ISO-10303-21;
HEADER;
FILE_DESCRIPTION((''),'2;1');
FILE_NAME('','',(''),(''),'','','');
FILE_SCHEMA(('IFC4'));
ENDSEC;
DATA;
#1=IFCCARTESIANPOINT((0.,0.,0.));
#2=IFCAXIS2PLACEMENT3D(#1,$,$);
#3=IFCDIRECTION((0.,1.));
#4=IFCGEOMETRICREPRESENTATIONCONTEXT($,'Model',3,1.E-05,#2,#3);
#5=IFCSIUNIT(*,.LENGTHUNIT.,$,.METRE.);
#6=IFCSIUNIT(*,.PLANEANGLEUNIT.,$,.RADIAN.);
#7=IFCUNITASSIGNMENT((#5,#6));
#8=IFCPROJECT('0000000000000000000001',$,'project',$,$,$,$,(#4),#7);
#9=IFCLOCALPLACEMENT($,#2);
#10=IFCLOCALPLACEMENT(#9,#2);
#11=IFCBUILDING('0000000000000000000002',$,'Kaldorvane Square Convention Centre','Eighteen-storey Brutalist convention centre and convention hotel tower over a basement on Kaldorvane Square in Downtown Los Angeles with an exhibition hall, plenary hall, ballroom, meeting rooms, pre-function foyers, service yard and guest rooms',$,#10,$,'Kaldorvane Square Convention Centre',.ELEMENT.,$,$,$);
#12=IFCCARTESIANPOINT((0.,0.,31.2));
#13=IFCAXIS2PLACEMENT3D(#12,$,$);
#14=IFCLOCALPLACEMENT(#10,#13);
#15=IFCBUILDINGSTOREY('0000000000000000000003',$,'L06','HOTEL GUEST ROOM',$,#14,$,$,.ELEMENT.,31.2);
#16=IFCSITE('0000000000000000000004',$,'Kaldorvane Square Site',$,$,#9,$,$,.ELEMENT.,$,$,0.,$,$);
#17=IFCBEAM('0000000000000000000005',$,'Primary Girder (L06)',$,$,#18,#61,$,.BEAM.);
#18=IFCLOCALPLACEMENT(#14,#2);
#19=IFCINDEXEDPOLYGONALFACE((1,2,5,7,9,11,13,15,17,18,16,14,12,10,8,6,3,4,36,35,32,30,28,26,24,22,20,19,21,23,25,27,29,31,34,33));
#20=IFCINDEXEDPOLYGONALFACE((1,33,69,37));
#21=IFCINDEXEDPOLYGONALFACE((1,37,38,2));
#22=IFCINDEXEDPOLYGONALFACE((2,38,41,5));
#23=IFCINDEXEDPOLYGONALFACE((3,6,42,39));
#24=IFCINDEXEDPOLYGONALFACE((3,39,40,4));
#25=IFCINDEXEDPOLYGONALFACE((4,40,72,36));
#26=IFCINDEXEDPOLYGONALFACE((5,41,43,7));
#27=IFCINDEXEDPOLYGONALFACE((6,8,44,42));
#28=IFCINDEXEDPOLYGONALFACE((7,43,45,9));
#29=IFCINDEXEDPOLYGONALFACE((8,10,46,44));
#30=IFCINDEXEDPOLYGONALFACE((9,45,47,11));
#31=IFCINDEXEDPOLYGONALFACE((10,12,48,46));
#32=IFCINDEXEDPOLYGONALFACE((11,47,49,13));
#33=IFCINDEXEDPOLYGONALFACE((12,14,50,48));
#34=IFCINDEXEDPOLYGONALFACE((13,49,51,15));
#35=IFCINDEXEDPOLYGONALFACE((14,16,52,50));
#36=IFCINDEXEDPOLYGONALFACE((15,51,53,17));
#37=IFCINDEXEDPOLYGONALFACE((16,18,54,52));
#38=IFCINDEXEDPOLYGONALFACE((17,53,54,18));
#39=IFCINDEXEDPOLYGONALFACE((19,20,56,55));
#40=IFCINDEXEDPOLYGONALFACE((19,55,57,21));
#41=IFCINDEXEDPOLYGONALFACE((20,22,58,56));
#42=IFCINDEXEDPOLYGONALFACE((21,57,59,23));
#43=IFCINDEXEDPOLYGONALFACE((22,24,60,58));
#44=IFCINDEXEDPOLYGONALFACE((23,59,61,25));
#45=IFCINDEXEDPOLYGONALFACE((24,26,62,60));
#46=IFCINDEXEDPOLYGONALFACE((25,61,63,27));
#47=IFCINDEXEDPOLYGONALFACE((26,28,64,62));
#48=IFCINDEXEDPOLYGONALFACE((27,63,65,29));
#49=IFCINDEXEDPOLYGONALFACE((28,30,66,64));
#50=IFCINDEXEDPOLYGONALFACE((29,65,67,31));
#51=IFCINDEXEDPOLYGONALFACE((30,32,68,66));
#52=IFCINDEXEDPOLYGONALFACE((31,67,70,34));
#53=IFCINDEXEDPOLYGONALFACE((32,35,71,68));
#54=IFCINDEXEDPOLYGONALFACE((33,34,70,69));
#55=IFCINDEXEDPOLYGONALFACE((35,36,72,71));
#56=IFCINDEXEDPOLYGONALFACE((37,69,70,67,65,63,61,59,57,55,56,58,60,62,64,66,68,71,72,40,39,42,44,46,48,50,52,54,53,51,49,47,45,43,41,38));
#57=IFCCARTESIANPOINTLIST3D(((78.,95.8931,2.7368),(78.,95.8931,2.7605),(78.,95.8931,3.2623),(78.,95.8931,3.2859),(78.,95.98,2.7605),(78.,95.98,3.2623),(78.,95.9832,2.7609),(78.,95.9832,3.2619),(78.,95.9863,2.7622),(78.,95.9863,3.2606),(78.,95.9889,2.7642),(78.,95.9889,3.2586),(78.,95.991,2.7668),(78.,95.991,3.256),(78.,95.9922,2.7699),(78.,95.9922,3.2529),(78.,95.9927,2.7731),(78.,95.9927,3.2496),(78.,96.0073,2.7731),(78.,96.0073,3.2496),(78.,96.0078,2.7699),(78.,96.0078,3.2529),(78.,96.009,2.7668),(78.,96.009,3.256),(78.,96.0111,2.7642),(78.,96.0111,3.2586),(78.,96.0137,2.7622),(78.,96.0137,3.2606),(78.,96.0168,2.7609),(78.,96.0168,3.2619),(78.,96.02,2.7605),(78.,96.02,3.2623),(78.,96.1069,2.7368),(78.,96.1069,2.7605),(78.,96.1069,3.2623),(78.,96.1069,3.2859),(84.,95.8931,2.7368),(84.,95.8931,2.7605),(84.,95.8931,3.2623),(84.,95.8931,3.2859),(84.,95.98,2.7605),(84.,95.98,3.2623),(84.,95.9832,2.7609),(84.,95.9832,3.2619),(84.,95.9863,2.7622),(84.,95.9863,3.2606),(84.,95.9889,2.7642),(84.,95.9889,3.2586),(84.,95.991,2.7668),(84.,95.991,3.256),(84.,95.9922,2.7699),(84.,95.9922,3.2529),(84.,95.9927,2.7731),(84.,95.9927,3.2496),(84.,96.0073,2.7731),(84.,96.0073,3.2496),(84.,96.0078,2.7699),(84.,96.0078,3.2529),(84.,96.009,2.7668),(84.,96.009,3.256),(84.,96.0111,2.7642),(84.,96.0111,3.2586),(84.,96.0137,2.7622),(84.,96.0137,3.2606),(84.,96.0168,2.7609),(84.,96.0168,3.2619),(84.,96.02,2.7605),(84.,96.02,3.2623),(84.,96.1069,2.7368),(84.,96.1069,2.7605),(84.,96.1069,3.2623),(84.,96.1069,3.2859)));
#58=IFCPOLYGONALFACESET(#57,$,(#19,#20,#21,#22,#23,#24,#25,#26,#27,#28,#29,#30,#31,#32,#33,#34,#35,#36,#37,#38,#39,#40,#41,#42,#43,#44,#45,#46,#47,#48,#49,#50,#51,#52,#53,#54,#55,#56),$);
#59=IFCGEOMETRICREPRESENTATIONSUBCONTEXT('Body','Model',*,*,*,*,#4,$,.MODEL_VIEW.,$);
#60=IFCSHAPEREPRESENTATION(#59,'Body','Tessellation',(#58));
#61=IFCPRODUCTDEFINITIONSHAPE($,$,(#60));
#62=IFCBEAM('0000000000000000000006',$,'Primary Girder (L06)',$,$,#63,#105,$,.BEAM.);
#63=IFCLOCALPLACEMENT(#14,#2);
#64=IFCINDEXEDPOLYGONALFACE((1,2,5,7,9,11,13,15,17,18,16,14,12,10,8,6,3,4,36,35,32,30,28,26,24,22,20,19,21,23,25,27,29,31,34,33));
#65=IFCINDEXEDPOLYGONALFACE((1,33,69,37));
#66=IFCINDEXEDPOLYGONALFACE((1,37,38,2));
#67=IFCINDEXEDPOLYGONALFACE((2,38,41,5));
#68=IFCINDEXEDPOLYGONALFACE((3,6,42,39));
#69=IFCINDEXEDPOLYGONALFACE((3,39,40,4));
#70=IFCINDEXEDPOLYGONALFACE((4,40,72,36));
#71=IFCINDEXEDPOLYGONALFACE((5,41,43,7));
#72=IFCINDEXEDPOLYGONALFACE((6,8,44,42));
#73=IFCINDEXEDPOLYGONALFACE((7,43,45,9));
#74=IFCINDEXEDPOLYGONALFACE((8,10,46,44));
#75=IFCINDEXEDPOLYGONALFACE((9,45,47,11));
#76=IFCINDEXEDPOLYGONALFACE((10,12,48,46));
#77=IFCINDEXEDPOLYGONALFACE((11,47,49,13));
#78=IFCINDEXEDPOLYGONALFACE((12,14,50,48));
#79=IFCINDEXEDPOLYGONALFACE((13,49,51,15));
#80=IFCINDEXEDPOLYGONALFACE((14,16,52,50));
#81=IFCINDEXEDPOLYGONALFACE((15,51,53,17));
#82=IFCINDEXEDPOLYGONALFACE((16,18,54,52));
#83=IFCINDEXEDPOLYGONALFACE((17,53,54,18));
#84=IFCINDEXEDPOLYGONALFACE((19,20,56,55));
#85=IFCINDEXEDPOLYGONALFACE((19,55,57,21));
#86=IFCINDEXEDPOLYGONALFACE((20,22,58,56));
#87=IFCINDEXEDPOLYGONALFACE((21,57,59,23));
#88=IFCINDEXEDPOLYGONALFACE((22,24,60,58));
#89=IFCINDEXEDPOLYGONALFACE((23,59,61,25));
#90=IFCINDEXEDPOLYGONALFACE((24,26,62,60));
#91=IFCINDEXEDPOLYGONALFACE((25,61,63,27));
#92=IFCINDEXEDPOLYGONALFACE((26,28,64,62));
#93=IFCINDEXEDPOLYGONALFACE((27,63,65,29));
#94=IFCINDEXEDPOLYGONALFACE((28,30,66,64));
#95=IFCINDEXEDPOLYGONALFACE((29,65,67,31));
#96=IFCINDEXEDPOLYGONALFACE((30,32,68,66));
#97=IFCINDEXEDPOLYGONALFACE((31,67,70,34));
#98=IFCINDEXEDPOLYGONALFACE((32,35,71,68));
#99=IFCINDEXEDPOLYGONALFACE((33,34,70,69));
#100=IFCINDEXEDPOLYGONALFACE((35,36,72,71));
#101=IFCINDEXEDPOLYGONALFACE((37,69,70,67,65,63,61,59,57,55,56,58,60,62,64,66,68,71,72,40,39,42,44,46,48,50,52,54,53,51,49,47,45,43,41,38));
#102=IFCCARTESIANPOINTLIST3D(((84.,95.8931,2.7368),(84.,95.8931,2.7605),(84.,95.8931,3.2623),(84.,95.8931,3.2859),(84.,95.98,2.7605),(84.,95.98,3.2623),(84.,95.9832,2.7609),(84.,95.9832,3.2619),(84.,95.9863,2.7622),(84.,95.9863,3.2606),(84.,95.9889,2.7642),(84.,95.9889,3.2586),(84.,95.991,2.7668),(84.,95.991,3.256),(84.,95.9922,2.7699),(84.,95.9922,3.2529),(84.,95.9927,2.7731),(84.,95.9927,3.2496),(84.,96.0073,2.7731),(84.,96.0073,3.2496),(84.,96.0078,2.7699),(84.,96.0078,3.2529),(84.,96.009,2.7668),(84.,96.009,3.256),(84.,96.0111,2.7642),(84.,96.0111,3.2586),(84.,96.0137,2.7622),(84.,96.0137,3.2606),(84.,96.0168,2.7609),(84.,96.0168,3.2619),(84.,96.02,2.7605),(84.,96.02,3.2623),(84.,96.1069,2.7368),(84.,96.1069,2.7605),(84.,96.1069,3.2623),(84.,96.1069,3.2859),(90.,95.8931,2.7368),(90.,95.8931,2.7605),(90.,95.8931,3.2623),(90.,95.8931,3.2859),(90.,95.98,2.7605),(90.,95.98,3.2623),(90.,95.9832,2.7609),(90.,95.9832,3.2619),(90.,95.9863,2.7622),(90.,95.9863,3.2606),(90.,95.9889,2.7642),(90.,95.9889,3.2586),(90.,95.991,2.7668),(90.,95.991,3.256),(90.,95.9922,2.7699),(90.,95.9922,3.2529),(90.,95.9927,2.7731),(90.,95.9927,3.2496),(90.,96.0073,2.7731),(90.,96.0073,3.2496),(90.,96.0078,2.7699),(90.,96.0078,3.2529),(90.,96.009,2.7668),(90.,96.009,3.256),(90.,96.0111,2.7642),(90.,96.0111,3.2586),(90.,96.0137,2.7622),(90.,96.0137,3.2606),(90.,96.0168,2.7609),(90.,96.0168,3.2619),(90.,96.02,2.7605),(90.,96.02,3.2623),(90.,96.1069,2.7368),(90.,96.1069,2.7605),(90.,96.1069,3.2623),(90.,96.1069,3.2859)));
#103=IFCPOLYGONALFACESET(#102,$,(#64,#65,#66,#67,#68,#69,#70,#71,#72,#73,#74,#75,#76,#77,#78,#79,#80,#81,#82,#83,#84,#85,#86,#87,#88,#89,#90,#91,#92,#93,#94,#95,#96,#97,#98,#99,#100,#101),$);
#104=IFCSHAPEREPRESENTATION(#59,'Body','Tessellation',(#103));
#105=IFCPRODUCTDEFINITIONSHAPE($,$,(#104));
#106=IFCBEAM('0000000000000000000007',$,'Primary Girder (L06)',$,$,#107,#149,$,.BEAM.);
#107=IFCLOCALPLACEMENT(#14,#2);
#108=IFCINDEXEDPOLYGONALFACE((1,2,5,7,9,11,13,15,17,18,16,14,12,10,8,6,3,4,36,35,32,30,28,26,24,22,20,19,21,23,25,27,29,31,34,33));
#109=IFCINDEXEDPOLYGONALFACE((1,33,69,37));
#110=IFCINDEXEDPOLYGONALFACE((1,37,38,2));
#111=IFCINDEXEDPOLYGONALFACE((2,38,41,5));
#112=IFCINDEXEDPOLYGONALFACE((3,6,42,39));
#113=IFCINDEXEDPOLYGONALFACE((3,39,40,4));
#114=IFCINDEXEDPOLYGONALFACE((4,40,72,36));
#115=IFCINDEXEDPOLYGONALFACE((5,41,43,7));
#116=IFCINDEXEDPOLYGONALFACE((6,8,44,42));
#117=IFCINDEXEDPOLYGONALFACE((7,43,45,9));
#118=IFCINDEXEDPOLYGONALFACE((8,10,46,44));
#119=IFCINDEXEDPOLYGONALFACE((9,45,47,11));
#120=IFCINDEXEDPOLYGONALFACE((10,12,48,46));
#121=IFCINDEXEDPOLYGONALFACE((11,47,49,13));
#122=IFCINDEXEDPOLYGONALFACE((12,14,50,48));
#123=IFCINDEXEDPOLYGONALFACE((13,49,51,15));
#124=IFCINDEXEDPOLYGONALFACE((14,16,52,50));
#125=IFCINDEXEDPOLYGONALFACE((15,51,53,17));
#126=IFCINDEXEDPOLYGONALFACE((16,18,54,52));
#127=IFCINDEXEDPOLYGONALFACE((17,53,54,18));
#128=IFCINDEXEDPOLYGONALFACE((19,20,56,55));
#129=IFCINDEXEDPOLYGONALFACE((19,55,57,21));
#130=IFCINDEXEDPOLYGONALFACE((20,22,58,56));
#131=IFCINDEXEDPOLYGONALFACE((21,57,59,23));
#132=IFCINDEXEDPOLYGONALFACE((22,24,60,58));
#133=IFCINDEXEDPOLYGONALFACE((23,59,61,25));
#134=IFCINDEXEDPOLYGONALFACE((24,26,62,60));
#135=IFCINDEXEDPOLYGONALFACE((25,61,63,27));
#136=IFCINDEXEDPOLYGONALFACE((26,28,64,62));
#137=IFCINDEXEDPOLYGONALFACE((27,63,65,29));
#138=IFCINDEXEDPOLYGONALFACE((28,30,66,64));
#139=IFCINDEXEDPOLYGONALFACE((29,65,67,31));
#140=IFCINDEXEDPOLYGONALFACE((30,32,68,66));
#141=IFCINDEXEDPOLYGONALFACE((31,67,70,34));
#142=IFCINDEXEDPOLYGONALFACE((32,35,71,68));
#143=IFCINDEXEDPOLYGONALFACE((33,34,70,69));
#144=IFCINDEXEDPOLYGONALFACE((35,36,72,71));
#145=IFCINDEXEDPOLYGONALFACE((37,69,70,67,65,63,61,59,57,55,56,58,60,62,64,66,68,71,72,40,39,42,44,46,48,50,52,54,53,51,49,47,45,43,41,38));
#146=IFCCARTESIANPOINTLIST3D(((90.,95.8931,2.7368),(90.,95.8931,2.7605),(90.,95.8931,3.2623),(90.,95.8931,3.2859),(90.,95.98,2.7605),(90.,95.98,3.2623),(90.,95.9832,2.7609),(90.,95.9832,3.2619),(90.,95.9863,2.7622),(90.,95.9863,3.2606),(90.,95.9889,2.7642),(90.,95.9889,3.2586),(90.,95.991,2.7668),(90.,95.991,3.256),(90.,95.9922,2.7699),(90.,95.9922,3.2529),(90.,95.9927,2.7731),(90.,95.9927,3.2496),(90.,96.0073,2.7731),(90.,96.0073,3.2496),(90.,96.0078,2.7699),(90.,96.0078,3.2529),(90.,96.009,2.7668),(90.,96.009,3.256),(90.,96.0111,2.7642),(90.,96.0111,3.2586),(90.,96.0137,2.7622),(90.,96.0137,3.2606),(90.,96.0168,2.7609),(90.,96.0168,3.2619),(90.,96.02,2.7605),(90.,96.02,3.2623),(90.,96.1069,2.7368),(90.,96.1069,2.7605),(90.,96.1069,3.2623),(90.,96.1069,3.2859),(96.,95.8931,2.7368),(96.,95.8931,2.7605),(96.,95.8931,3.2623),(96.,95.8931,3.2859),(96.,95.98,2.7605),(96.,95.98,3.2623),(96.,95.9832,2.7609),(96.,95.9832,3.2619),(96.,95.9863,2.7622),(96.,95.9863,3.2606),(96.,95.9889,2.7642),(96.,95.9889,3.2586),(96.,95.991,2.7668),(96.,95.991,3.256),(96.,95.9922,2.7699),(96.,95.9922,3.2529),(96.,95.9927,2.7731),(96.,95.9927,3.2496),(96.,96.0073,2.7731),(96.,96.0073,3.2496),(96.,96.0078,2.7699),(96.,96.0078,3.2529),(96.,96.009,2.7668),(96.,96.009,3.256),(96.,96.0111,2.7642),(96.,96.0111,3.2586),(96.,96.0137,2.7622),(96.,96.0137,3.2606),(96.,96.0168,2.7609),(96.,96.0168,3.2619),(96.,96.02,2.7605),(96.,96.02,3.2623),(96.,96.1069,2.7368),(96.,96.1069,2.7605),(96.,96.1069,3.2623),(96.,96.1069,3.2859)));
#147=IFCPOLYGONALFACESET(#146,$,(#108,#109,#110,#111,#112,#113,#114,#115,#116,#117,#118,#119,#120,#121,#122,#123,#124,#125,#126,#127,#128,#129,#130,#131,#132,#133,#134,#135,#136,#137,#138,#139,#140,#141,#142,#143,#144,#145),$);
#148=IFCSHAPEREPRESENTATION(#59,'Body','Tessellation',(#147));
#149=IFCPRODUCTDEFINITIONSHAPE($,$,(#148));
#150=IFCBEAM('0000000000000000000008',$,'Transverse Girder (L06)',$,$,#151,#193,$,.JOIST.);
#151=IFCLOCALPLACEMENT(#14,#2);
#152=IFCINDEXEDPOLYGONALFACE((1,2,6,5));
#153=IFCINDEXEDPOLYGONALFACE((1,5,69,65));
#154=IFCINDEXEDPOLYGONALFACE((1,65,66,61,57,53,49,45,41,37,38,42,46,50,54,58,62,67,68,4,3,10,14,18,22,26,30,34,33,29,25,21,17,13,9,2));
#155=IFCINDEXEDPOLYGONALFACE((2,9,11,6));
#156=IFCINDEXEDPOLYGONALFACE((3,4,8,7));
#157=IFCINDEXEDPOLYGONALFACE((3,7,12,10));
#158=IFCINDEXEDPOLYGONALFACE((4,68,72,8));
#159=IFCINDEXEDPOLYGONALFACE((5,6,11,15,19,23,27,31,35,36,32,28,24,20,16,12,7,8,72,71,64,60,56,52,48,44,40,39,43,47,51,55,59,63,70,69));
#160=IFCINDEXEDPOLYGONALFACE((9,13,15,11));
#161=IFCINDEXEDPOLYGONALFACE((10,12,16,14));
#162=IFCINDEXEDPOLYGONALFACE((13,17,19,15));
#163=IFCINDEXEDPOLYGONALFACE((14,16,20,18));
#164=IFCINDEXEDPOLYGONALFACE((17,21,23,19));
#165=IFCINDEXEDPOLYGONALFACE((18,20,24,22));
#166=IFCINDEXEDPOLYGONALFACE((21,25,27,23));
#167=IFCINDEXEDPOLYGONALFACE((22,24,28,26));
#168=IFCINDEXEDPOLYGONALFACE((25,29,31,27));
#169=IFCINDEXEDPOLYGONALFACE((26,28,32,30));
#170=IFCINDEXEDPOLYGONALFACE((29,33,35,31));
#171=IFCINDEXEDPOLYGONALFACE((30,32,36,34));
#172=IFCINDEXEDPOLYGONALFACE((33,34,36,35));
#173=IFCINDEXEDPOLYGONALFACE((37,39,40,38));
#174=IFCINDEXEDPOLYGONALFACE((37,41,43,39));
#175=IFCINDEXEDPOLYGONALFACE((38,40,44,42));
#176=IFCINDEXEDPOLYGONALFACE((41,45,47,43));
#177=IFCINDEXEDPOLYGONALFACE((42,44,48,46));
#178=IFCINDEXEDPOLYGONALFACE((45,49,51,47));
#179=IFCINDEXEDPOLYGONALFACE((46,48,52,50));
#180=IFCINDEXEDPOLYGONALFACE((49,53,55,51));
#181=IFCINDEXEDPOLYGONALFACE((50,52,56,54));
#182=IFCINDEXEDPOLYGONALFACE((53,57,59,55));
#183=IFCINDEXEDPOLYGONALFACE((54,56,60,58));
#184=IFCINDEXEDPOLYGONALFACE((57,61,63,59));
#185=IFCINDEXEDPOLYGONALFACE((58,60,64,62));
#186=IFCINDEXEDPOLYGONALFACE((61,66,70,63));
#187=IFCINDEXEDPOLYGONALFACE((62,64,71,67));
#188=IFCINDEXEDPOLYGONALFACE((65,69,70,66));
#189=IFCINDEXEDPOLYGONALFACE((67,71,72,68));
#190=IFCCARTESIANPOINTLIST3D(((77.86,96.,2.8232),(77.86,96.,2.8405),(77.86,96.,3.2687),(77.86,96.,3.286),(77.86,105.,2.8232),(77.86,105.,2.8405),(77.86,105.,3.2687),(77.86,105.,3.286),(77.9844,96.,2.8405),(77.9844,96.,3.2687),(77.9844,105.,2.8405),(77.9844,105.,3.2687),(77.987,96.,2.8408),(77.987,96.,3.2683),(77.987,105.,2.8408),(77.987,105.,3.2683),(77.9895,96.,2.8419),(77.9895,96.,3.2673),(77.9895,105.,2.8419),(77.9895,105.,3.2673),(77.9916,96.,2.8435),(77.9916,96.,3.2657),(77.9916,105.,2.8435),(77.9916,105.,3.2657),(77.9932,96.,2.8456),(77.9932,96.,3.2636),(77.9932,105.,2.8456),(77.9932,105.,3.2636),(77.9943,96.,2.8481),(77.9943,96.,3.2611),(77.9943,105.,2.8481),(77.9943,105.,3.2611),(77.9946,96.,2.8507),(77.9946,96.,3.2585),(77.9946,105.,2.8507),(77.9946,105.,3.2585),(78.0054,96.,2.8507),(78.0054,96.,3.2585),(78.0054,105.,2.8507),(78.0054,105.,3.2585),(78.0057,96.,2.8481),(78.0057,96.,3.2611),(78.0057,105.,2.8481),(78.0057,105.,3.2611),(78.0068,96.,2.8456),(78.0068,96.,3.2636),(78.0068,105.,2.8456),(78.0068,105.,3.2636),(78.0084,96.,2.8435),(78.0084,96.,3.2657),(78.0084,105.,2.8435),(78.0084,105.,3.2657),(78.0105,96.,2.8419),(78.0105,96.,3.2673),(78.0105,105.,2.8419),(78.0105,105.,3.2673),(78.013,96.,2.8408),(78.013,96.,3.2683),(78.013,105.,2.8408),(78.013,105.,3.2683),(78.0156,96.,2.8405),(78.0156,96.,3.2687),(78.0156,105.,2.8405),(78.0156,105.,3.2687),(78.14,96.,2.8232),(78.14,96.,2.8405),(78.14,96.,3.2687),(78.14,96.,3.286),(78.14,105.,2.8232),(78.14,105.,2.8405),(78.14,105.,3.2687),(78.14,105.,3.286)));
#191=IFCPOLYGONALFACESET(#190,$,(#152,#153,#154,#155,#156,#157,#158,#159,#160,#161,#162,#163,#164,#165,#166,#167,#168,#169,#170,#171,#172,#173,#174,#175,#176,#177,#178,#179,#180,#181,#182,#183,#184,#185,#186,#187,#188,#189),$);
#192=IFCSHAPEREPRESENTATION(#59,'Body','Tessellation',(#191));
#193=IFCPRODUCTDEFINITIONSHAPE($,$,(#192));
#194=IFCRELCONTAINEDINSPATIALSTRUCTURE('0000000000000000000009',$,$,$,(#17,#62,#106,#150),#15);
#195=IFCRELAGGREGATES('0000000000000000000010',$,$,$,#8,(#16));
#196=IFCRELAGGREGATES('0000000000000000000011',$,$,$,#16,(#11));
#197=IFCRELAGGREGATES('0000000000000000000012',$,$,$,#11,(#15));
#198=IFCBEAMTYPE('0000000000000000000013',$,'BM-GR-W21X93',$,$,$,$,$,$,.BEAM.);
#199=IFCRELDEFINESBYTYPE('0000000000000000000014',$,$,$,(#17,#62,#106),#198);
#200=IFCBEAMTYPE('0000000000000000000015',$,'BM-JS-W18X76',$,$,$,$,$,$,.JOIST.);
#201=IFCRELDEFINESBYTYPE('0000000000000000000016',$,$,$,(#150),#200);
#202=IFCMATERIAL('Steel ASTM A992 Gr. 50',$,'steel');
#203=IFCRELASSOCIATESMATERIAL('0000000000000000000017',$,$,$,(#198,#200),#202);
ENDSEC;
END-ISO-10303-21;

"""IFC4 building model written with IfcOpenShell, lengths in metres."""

from ifc_helpers import new_model, si_unit, direction, frame, origin, origin_2d, place, context, subcontext, project, spatial, i_section, extrude, material, material_profile, profile_set, type_object, element, save


model = new_model("IFC4")

# Units and contexts
model_context = context("Model", 3, precision=1e-05, world=origin(), true_north=direction((0.0, 1.0)))
body_context = subcontext(model_context, "Body", "Model", "MODEL_VIEW")
ifc_project = project(units=[si_unit("LENGTHUNIT", "METRE"), si_unit("PLANEANGLEUNIT", "RADIAN")], contexts=[model_context])

# Site, building, storey
site_placement = place(None, origin())
site = spatial("IfcSite", under=ifc_project, at=site_placement, Name="Kaldorvane Square Site", CompositionType="ELEMENT", RefElevation=0.0)
building_placement = place(site_placement, origin())
building = spatial("IfcBuilding", under=site, at=building_placement, Name="Kaldorvane Square Convention Centre", Description="Eighteen-storey Brutalist convention centre and convention hotel tower over a basement on Kaldorvane Square in Downtown Los Angeles with an exhibition hall, plenary hall, ballroom, meeting rooms, pre-function foyers, service yard and guest rooms", LongName="Kaldorvane Square Convention Centre", CompositionType="ELEMENT")
storey_placement = place(building_placement, frame((0.0, 0.0, 31.2)))
storey = spatial("IfcBuildingStorey", under=building, at=storey_placement, Name="L06", Description="HOTEL GUEST ROOM", CompositionType="ELEMENT", Elevation=31.2)

# Shared definitions
ifc_material_1 = material(Name="Steel ASTM A992 Gr. 50", Category="steel")

# Beams
ifc_material_profile_1 = material_profile(ifc_material_1, i_section(OverallWidth=0.2139, OverallDepth=0.5491, WebThickness=0.0147, FlangeThickness=0.0236, FilletRadius=0.0127, at=origin_2d()), Name="W21X93")
ifc_profile_set_1 = profile_set([ifc_material_profile_1], Name="Steel ASTM A992 Gr. 50")
beam_type_1 = type_object("IfcBeamType", Name="BM-GR-W21X93", PredefinedType="BEAM", material=ifc_profile_set_1)
for number, where, z_axis, x_axis, name in (
    (1, (78.0, 96.0, 3.0114), (1.0, 0.0, 0.0), (0.0, 1.0, 0.0), "Primary Girder (L06)"),
    (2, (84.0, 96.0, 3.0114), (1.0, 0.0, 0.0), (0.0, 1.0, 0.0), "Primary Girder (L06)"),
    (3, (90.0, 96.0, 3.0114), (1.0, 0.0, 0.0), (0.0, 1.0, 0.0), "Primary Girder (L06)"),
):
    element("IfcBeam", number, at=place(storey_placement, frame(where, z_axis=z_axis, x_axis=x_axis)), inside=storey, type_object=beam_type_1, Name=name, PredefinedType="BEAM", context=body_context, shape_type="SweptSolid", body=[
        extrude(i_section(OverallWidth=0.2139, OverallDepth=0.5491, WebThickness=0.0147, FlangeThickness=0.0236, FilletRadius=0.0127, at=origin_2d()), origin(), (0.0, 0.0, 1.0), 6.0),
    ])
ifc_material_profile_2 = material_profile(ifc_material_1, i_section(OverallWidth=0.2799, OverallDepth=0.4628, WebThickness=0.0108, FlangeThickness=0.0173, FilletRadius=0.0102, at=origin_2d()), Name="W18X76")
ifc_profile_set_2 = profile_set([ifc_material_profile_2], Name="Steel ASTM A992 Gr. 50")
beam_type_2 = type_object("IfcBeamType", Name="BM-JS-W18X76", PredefinedType="JOIST", material=ifc_profile_set_2)
for number, where, z_axis, x_axis, name in (
    (4, (78.0, 96.0, 3.0546), (0.0, 1.0, 0.0), (-1.0, 0.0, 0.0), "Transverse Girder (L06)"),
):
    element("IfcBeam", number, at=place(storey_placement, frame(where, z_axis=z_axis, x_axis=x_axis)), inside=storey, type_object=beam_type_2, Name=name, PredefinedType="JOIST", context=body_context, shape_type="SweptSolid", body=[
        extrude(i_section(OverallWidth=0.2799, OverallDepth=0.4628, WebThickness=0.0108, FlangeThickness=0.0173, FilletRadius=0.0102, at=origin_2d()), origin(), (0.0, 0.0, 1.0), 9.0),
    ])

save(model, "model.ifc")
